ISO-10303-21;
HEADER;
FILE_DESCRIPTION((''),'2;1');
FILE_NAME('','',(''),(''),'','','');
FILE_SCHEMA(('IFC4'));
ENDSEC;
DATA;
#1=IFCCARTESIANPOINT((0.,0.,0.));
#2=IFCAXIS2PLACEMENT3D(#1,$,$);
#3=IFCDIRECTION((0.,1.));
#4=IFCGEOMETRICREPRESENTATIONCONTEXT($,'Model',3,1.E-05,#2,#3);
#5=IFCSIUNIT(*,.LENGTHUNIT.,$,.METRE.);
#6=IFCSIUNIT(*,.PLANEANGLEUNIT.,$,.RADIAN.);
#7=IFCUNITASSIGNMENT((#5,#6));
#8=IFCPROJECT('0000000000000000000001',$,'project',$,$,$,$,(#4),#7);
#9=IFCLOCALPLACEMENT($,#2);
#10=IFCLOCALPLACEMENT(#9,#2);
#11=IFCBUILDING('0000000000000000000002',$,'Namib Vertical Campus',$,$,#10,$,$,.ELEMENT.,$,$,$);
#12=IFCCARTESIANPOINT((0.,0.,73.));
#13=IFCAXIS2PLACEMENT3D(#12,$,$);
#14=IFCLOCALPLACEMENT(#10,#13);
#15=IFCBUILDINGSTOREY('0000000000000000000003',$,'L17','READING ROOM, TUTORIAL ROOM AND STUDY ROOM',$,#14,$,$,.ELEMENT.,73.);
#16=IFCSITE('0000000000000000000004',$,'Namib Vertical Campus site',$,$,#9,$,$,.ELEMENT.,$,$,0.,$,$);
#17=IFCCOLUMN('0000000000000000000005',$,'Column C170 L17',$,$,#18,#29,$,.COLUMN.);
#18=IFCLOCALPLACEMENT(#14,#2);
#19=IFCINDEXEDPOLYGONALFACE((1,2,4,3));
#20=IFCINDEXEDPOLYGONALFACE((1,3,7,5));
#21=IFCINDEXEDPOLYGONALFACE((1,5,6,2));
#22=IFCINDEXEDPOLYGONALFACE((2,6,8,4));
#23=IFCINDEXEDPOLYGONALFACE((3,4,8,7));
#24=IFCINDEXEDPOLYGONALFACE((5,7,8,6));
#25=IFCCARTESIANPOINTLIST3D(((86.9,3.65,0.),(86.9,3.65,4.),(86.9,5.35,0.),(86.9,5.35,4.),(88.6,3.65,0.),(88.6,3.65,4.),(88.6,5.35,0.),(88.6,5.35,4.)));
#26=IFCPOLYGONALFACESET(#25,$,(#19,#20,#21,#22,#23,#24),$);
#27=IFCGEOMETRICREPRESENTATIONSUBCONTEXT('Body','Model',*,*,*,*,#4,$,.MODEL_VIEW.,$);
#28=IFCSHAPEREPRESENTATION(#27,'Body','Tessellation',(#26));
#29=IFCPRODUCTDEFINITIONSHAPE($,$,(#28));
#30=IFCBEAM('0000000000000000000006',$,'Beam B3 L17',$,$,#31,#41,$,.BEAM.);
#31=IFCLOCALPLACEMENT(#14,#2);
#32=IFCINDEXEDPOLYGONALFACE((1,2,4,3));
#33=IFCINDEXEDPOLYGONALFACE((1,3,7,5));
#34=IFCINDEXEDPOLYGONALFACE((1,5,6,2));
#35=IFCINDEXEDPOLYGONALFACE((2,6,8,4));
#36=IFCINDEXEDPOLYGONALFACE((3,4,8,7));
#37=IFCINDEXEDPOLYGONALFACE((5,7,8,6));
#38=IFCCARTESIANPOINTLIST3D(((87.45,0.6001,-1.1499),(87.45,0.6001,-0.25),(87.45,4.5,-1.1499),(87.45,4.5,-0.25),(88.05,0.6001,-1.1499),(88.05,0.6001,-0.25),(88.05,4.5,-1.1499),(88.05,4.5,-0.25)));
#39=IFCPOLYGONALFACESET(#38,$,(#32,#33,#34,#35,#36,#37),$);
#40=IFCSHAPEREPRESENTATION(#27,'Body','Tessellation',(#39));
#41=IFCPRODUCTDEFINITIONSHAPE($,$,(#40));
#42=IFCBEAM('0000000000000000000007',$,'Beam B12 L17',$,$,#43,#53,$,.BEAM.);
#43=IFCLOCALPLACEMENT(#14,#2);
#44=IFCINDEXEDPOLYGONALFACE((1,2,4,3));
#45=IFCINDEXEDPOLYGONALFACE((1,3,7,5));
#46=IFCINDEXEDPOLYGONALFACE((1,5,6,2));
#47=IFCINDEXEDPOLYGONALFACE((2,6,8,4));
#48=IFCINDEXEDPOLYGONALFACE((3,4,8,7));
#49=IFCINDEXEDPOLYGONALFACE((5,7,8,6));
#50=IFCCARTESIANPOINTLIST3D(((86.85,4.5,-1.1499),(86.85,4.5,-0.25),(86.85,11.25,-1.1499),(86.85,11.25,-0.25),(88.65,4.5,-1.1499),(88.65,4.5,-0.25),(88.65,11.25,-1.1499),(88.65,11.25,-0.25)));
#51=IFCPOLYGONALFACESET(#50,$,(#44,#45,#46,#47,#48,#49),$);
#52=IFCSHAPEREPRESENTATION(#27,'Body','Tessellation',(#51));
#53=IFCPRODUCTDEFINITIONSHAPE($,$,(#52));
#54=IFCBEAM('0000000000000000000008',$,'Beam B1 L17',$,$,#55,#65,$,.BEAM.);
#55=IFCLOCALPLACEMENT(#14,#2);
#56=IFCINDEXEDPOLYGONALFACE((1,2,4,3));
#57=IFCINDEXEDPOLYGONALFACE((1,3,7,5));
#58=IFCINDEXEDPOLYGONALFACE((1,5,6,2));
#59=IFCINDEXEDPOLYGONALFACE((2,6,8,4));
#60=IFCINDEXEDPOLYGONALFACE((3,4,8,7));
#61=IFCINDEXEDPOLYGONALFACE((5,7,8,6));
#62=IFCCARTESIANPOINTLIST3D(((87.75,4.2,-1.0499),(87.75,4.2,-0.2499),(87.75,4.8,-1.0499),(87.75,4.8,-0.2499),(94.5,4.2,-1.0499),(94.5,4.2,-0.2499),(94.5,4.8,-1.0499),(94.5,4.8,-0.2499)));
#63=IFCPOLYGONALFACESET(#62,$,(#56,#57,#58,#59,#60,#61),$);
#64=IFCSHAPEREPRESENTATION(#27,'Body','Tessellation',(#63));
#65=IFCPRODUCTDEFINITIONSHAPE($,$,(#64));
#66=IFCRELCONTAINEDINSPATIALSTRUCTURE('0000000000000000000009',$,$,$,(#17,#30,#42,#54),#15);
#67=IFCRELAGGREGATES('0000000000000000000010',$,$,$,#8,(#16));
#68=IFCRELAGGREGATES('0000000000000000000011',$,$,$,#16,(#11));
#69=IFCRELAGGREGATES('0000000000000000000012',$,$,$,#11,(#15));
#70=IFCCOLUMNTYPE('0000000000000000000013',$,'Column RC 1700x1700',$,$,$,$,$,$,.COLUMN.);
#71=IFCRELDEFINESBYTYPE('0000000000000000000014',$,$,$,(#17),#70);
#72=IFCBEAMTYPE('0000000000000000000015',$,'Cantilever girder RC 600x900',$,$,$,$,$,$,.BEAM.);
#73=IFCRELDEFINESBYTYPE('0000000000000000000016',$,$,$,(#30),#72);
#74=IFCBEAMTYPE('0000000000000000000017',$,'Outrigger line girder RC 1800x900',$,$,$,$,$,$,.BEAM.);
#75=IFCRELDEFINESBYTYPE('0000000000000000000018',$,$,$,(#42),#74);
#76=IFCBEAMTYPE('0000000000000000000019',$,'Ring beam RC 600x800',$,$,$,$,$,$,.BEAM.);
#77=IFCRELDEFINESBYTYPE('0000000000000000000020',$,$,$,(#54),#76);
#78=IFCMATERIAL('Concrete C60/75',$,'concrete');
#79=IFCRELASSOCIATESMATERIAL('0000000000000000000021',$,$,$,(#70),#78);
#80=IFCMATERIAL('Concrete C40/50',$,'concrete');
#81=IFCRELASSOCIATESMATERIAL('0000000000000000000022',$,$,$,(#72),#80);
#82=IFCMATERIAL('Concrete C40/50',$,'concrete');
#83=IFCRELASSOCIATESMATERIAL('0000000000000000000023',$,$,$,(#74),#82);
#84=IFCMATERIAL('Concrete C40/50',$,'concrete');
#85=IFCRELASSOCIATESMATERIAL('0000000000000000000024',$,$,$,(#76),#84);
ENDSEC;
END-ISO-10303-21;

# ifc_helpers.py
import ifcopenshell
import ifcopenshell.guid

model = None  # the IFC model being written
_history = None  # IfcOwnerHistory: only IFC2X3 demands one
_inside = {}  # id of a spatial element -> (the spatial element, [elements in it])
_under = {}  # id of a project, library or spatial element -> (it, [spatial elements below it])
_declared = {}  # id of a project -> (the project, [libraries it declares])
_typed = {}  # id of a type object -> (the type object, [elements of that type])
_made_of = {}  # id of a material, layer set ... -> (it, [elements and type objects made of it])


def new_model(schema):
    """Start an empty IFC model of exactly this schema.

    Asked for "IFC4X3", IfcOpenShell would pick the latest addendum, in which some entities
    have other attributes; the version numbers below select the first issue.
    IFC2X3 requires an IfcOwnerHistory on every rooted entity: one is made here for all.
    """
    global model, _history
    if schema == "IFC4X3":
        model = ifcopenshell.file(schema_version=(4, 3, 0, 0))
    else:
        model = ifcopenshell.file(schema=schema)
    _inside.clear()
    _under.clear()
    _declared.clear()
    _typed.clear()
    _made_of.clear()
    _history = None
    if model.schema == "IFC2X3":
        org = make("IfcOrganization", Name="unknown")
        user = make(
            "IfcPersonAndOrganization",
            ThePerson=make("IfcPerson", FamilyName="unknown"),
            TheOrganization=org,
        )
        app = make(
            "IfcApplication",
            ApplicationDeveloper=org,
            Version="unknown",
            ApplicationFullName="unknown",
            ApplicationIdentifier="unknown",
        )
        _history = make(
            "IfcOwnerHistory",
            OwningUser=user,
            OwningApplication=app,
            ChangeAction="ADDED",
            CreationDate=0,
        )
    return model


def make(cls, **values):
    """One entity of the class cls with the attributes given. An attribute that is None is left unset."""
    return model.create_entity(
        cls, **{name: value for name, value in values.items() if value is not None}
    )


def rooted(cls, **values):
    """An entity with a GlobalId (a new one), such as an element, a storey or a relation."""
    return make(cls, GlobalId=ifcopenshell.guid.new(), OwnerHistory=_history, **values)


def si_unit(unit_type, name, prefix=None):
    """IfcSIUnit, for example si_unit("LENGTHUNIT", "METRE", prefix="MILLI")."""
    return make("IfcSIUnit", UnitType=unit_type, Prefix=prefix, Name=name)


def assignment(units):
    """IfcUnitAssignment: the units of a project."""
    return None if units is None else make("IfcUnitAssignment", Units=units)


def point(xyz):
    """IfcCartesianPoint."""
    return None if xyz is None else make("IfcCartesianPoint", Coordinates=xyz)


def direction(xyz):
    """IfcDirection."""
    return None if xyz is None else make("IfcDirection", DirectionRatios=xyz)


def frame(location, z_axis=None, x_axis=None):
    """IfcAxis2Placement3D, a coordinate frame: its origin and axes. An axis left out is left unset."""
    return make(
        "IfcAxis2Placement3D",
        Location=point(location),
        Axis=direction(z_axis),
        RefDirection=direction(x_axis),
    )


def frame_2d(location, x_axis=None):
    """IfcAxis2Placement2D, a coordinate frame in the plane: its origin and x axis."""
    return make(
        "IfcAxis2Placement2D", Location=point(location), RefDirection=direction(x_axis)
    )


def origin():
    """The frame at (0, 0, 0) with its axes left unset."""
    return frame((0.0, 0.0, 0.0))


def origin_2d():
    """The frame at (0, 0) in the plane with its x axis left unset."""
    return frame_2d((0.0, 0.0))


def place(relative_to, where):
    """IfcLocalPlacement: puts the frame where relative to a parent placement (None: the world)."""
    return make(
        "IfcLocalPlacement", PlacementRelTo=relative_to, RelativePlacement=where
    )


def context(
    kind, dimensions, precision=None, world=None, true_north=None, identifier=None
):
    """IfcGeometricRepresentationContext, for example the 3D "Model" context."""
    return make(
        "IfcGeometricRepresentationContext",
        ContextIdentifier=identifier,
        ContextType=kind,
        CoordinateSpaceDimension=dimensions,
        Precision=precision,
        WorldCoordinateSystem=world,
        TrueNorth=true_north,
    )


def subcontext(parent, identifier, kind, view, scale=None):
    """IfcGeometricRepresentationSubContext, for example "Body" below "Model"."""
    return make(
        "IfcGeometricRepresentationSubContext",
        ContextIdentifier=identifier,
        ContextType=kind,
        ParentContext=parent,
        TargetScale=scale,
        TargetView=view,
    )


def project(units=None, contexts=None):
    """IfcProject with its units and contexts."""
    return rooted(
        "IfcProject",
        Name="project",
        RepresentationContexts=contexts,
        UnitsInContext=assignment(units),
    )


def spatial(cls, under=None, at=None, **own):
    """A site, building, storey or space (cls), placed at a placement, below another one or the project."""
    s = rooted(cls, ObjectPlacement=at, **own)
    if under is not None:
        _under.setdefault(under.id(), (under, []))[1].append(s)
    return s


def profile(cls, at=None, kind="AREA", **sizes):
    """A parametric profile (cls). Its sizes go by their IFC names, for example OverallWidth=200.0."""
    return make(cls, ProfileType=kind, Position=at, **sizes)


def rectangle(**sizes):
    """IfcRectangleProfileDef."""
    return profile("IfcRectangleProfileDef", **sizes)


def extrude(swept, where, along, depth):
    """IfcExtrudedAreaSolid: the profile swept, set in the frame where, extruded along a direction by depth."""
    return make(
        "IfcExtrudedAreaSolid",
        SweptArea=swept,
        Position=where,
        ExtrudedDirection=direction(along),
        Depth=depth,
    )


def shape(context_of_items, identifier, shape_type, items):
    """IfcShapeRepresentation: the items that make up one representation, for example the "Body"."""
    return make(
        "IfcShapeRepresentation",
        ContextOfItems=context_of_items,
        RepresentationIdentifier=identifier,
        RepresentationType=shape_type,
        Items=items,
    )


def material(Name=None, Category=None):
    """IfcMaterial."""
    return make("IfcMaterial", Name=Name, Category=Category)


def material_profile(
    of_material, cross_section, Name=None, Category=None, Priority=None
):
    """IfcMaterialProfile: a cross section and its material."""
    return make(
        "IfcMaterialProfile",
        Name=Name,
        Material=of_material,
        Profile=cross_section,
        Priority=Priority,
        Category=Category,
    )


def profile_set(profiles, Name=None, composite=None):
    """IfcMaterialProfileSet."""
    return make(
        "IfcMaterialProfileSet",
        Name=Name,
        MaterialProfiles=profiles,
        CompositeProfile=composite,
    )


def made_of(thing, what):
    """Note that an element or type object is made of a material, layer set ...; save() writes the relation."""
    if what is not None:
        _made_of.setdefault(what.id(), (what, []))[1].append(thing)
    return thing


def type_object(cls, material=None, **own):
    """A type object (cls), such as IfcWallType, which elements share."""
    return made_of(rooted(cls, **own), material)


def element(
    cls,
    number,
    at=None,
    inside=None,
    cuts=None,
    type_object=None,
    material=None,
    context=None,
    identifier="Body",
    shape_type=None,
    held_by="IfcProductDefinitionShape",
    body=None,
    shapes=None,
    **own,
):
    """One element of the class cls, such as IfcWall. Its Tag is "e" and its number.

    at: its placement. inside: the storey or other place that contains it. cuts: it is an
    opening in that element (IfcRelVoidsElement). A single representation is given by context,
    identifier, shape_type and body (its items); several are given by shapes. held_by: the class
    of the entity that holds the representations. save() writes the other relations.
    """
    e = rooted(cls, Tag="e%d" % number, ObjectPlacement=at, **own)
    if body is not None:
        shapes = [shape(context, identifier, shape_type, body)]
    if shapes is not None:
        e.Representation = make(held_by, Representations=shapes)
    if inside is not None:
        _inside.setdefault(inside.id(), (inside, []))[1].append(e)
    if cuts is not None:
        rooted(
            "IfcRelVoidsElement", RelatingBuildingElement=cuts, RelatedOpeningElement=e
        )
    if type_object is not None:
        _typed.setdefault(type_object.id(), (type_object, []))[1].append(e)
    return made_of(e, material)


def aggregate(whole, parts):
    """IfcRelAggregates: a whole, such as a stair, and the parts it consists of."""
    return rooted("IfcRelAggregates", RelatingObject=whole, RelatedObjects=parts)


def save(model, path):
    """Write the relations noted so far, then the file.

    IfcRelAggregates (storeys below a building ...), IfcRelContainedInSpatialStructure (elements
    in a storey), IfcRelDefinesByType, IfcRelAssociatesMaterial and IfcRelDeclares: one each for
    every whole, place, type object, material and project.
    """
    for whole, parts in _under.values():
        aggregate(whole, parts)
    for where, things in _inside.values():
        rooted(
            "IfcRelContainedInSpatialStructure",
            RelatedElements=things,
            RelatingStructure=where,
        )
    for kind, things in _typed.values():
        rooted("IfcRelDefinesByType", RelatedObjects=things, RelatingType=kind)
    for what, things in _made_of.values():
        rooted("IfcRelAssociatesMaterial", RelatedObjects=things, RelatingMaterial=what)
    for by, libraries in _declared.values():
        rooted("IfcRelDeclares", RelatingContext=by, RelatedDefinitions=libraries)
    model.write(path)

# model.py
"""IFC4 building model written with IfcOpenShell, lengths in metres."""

from ifc_helpers import new_model, si_unit, direction, frame, origin, origin_2d, place, context, subcontext, project, spatial, rectangle, extrude, material, material_profile, profile_set, type_object, element, save


model = new_model("IFC4")

# Units and contexts
model_context = context("Model", 3, precision=1e-05, world=origin(), true_north=direction((0.0, 1.0)))
body_context = subcontext(model_context, "Body", "Model", "MODEL_VIEW")
ifc_project = project(units=[si_unit("LENGTHUNIT", "METRE"), si_unit("PLANEANGLEUNIT", "RADIAN")], contexts=[model_context])

# Site, building, storey
site_placement = place(None, origin())
site = spatial("IfcSite", under=ifc_project, at=site_placement, Name="Namib Vertical Campus site", CompositionType="ELEMENT", RefElevation=0.0)
building_placement = place(site_placement, origin())
building = spatial("IfcBuilding", under=site, at=building_placement, Name="Namib Vertical Campus", CompositionType="ELEMENT")
storey_placement = place(building_placement, frame((0.0, 0.0, 73.0)))
storey = spatial("IfcBuildingStorey", under=building, at=storey_placement, Name="L17", Description="READING ROOM, TUTORIAL ROOM AND STUDY ROOM", CompositionType="ELEMENT", Elevation=73.0)

# Column
ifc_material_1 = material(Name="Concrete C60/75", Category="concrete")
ifc_material_profile_1 = material_profile(ifc_material_1, rectangle(XDim=1.7, YDim=1.7, at=origin_2d()))
ifc_profile_set_1 = profile_set([ifc_material_profile_1], Name="Concrete C60/75")
column_type = type_object("IfcColumnType", Name="Column RC 1700x1700", PredefinedType="COLUMN", material=ifc_profile_set_1)
column_placement = place(storey_placement, frame((87.75, 4.5, 0.0), z_axis=(0.0, 0.0, 1.0), x_axis=(1.0, 0.0, 0.0)))
element("IfcColumn", 1, at=column_placement, inside=storey, type_object=column_type, Name="Column C170 L17", PredefinedType="COLUMN", context=body_context, shape_type="SweptSolid", body=[
    extrude(rectangle(XDim=1.7, YDim=1.7, at=origin_2d()), origin(), (0.0, 0.0, 1.0), 4.0),
])

# Beams
ifc_material_2 = material(Name="Concrete C40/50", Category="concrete")
ifc_material_profile_2 = material_profile(ifc_material_2, rectangle(XDim=0.6001, YDim=0.8999, at=origin_2d()))
ifc_profile_set_2 = profile_set([ifc_material_profile_2], Name="Concrete C40/50")
beam_type_1 = type_object("IfcBeamType", Name="Cantilever girder RC 600x900", PredefinedType="BEAM", material=ifc_profile_set_2)
beam_1_placement = place(storey_placement, frame((87.75, 4.5, -0.7), z_axis=(0.0, -1.0, 0.0), x_axis=(1.0, 0.0, 0.0)))
element("IfcBeam", 2, at=beam_1_placement, inside=storey, type_object=beam_type_1, Name="Beam B3 L17", PredefinedType="BEAM", context=body_context, shape_type="SweptSolid", body=[
    extrude(rectangle(XDim=0.6001, YDim=0.8999, at=origin_2d()), origin(), (0.0, 0.0, 1.0), 3.8999),
])
ifc_material_3 = material(Name="Concrete C40/50", Category="concrete")
ifc_material_profile_3 = material_profile(ifc_material_3, rectangle(XDim=1.8, YDim=0.8999, at=origin_2d()))
ifc_profile_set_3 = profile_set([ifc_material_profile_3], Name="Concrete C40/50")
beam_type_2 = type_object("IfcBeamType", Name="Outrigger line girder RC 1800x900", PredefinedType="BEAM", material=ifc_profile_set_3)
beam_2_placement = place(storey_placement, frame((87.75, 4.5, -0.7), z_axis=(0.0, 1.0, 0.0), x_axis=(-1.0, 0.0, 0.0)))
element("IfcBeam", 3, at=beam_2_placement, inside=storey, type_object=beam_type_2, Name="Beam B12 L17", PredefinedType="BEAM", context=body_context, shape_type="SweptSolid", body=[
    extrude(rectangle(XDim=1.8, YDim=0.8999, at=origin_2d()), origin(), (0.0, 0.0, 1.0), 6.75),
])
ifc_material_4 = material(Name="Concrete C40/50", Category="concrete")
ifc_material_profile_4 = material_profile(ifc_material_4, rectangle(XDim=0.6001, YDim=0.8, at=origin_2d()))
ifc_profile_set_4 = profile_set([ifc_material_profile_4], Name="Concrete C40/50")
beam_type_3 = type_object("IfcBeamType", Name="Ring beam RC 600x800", PredefinedType="BEAM", material=ifc_profile_set_4)
beam_3_placement = place(storey_placement, frame((87.75, 4.5, -0.6499), z_axis=(1.0, 0.0, 0.0), x_axis=(0.0, 1.0, 0.0)))
element("IfcBeam", 4, at=beam_3_placement, inside=storey, type_object=beam_type_3, Name="Beam B1 L17", PredefinedType="BEAM", context=body_context, shape_type="SweptSolid", body=[
    extrude(rectangle(XDim=0.6001, YDim=0.8, at=origin_2d()), origin(), (0.0, 0.0, 1.0), 6.75),
])

save(model, "model.ifc")
